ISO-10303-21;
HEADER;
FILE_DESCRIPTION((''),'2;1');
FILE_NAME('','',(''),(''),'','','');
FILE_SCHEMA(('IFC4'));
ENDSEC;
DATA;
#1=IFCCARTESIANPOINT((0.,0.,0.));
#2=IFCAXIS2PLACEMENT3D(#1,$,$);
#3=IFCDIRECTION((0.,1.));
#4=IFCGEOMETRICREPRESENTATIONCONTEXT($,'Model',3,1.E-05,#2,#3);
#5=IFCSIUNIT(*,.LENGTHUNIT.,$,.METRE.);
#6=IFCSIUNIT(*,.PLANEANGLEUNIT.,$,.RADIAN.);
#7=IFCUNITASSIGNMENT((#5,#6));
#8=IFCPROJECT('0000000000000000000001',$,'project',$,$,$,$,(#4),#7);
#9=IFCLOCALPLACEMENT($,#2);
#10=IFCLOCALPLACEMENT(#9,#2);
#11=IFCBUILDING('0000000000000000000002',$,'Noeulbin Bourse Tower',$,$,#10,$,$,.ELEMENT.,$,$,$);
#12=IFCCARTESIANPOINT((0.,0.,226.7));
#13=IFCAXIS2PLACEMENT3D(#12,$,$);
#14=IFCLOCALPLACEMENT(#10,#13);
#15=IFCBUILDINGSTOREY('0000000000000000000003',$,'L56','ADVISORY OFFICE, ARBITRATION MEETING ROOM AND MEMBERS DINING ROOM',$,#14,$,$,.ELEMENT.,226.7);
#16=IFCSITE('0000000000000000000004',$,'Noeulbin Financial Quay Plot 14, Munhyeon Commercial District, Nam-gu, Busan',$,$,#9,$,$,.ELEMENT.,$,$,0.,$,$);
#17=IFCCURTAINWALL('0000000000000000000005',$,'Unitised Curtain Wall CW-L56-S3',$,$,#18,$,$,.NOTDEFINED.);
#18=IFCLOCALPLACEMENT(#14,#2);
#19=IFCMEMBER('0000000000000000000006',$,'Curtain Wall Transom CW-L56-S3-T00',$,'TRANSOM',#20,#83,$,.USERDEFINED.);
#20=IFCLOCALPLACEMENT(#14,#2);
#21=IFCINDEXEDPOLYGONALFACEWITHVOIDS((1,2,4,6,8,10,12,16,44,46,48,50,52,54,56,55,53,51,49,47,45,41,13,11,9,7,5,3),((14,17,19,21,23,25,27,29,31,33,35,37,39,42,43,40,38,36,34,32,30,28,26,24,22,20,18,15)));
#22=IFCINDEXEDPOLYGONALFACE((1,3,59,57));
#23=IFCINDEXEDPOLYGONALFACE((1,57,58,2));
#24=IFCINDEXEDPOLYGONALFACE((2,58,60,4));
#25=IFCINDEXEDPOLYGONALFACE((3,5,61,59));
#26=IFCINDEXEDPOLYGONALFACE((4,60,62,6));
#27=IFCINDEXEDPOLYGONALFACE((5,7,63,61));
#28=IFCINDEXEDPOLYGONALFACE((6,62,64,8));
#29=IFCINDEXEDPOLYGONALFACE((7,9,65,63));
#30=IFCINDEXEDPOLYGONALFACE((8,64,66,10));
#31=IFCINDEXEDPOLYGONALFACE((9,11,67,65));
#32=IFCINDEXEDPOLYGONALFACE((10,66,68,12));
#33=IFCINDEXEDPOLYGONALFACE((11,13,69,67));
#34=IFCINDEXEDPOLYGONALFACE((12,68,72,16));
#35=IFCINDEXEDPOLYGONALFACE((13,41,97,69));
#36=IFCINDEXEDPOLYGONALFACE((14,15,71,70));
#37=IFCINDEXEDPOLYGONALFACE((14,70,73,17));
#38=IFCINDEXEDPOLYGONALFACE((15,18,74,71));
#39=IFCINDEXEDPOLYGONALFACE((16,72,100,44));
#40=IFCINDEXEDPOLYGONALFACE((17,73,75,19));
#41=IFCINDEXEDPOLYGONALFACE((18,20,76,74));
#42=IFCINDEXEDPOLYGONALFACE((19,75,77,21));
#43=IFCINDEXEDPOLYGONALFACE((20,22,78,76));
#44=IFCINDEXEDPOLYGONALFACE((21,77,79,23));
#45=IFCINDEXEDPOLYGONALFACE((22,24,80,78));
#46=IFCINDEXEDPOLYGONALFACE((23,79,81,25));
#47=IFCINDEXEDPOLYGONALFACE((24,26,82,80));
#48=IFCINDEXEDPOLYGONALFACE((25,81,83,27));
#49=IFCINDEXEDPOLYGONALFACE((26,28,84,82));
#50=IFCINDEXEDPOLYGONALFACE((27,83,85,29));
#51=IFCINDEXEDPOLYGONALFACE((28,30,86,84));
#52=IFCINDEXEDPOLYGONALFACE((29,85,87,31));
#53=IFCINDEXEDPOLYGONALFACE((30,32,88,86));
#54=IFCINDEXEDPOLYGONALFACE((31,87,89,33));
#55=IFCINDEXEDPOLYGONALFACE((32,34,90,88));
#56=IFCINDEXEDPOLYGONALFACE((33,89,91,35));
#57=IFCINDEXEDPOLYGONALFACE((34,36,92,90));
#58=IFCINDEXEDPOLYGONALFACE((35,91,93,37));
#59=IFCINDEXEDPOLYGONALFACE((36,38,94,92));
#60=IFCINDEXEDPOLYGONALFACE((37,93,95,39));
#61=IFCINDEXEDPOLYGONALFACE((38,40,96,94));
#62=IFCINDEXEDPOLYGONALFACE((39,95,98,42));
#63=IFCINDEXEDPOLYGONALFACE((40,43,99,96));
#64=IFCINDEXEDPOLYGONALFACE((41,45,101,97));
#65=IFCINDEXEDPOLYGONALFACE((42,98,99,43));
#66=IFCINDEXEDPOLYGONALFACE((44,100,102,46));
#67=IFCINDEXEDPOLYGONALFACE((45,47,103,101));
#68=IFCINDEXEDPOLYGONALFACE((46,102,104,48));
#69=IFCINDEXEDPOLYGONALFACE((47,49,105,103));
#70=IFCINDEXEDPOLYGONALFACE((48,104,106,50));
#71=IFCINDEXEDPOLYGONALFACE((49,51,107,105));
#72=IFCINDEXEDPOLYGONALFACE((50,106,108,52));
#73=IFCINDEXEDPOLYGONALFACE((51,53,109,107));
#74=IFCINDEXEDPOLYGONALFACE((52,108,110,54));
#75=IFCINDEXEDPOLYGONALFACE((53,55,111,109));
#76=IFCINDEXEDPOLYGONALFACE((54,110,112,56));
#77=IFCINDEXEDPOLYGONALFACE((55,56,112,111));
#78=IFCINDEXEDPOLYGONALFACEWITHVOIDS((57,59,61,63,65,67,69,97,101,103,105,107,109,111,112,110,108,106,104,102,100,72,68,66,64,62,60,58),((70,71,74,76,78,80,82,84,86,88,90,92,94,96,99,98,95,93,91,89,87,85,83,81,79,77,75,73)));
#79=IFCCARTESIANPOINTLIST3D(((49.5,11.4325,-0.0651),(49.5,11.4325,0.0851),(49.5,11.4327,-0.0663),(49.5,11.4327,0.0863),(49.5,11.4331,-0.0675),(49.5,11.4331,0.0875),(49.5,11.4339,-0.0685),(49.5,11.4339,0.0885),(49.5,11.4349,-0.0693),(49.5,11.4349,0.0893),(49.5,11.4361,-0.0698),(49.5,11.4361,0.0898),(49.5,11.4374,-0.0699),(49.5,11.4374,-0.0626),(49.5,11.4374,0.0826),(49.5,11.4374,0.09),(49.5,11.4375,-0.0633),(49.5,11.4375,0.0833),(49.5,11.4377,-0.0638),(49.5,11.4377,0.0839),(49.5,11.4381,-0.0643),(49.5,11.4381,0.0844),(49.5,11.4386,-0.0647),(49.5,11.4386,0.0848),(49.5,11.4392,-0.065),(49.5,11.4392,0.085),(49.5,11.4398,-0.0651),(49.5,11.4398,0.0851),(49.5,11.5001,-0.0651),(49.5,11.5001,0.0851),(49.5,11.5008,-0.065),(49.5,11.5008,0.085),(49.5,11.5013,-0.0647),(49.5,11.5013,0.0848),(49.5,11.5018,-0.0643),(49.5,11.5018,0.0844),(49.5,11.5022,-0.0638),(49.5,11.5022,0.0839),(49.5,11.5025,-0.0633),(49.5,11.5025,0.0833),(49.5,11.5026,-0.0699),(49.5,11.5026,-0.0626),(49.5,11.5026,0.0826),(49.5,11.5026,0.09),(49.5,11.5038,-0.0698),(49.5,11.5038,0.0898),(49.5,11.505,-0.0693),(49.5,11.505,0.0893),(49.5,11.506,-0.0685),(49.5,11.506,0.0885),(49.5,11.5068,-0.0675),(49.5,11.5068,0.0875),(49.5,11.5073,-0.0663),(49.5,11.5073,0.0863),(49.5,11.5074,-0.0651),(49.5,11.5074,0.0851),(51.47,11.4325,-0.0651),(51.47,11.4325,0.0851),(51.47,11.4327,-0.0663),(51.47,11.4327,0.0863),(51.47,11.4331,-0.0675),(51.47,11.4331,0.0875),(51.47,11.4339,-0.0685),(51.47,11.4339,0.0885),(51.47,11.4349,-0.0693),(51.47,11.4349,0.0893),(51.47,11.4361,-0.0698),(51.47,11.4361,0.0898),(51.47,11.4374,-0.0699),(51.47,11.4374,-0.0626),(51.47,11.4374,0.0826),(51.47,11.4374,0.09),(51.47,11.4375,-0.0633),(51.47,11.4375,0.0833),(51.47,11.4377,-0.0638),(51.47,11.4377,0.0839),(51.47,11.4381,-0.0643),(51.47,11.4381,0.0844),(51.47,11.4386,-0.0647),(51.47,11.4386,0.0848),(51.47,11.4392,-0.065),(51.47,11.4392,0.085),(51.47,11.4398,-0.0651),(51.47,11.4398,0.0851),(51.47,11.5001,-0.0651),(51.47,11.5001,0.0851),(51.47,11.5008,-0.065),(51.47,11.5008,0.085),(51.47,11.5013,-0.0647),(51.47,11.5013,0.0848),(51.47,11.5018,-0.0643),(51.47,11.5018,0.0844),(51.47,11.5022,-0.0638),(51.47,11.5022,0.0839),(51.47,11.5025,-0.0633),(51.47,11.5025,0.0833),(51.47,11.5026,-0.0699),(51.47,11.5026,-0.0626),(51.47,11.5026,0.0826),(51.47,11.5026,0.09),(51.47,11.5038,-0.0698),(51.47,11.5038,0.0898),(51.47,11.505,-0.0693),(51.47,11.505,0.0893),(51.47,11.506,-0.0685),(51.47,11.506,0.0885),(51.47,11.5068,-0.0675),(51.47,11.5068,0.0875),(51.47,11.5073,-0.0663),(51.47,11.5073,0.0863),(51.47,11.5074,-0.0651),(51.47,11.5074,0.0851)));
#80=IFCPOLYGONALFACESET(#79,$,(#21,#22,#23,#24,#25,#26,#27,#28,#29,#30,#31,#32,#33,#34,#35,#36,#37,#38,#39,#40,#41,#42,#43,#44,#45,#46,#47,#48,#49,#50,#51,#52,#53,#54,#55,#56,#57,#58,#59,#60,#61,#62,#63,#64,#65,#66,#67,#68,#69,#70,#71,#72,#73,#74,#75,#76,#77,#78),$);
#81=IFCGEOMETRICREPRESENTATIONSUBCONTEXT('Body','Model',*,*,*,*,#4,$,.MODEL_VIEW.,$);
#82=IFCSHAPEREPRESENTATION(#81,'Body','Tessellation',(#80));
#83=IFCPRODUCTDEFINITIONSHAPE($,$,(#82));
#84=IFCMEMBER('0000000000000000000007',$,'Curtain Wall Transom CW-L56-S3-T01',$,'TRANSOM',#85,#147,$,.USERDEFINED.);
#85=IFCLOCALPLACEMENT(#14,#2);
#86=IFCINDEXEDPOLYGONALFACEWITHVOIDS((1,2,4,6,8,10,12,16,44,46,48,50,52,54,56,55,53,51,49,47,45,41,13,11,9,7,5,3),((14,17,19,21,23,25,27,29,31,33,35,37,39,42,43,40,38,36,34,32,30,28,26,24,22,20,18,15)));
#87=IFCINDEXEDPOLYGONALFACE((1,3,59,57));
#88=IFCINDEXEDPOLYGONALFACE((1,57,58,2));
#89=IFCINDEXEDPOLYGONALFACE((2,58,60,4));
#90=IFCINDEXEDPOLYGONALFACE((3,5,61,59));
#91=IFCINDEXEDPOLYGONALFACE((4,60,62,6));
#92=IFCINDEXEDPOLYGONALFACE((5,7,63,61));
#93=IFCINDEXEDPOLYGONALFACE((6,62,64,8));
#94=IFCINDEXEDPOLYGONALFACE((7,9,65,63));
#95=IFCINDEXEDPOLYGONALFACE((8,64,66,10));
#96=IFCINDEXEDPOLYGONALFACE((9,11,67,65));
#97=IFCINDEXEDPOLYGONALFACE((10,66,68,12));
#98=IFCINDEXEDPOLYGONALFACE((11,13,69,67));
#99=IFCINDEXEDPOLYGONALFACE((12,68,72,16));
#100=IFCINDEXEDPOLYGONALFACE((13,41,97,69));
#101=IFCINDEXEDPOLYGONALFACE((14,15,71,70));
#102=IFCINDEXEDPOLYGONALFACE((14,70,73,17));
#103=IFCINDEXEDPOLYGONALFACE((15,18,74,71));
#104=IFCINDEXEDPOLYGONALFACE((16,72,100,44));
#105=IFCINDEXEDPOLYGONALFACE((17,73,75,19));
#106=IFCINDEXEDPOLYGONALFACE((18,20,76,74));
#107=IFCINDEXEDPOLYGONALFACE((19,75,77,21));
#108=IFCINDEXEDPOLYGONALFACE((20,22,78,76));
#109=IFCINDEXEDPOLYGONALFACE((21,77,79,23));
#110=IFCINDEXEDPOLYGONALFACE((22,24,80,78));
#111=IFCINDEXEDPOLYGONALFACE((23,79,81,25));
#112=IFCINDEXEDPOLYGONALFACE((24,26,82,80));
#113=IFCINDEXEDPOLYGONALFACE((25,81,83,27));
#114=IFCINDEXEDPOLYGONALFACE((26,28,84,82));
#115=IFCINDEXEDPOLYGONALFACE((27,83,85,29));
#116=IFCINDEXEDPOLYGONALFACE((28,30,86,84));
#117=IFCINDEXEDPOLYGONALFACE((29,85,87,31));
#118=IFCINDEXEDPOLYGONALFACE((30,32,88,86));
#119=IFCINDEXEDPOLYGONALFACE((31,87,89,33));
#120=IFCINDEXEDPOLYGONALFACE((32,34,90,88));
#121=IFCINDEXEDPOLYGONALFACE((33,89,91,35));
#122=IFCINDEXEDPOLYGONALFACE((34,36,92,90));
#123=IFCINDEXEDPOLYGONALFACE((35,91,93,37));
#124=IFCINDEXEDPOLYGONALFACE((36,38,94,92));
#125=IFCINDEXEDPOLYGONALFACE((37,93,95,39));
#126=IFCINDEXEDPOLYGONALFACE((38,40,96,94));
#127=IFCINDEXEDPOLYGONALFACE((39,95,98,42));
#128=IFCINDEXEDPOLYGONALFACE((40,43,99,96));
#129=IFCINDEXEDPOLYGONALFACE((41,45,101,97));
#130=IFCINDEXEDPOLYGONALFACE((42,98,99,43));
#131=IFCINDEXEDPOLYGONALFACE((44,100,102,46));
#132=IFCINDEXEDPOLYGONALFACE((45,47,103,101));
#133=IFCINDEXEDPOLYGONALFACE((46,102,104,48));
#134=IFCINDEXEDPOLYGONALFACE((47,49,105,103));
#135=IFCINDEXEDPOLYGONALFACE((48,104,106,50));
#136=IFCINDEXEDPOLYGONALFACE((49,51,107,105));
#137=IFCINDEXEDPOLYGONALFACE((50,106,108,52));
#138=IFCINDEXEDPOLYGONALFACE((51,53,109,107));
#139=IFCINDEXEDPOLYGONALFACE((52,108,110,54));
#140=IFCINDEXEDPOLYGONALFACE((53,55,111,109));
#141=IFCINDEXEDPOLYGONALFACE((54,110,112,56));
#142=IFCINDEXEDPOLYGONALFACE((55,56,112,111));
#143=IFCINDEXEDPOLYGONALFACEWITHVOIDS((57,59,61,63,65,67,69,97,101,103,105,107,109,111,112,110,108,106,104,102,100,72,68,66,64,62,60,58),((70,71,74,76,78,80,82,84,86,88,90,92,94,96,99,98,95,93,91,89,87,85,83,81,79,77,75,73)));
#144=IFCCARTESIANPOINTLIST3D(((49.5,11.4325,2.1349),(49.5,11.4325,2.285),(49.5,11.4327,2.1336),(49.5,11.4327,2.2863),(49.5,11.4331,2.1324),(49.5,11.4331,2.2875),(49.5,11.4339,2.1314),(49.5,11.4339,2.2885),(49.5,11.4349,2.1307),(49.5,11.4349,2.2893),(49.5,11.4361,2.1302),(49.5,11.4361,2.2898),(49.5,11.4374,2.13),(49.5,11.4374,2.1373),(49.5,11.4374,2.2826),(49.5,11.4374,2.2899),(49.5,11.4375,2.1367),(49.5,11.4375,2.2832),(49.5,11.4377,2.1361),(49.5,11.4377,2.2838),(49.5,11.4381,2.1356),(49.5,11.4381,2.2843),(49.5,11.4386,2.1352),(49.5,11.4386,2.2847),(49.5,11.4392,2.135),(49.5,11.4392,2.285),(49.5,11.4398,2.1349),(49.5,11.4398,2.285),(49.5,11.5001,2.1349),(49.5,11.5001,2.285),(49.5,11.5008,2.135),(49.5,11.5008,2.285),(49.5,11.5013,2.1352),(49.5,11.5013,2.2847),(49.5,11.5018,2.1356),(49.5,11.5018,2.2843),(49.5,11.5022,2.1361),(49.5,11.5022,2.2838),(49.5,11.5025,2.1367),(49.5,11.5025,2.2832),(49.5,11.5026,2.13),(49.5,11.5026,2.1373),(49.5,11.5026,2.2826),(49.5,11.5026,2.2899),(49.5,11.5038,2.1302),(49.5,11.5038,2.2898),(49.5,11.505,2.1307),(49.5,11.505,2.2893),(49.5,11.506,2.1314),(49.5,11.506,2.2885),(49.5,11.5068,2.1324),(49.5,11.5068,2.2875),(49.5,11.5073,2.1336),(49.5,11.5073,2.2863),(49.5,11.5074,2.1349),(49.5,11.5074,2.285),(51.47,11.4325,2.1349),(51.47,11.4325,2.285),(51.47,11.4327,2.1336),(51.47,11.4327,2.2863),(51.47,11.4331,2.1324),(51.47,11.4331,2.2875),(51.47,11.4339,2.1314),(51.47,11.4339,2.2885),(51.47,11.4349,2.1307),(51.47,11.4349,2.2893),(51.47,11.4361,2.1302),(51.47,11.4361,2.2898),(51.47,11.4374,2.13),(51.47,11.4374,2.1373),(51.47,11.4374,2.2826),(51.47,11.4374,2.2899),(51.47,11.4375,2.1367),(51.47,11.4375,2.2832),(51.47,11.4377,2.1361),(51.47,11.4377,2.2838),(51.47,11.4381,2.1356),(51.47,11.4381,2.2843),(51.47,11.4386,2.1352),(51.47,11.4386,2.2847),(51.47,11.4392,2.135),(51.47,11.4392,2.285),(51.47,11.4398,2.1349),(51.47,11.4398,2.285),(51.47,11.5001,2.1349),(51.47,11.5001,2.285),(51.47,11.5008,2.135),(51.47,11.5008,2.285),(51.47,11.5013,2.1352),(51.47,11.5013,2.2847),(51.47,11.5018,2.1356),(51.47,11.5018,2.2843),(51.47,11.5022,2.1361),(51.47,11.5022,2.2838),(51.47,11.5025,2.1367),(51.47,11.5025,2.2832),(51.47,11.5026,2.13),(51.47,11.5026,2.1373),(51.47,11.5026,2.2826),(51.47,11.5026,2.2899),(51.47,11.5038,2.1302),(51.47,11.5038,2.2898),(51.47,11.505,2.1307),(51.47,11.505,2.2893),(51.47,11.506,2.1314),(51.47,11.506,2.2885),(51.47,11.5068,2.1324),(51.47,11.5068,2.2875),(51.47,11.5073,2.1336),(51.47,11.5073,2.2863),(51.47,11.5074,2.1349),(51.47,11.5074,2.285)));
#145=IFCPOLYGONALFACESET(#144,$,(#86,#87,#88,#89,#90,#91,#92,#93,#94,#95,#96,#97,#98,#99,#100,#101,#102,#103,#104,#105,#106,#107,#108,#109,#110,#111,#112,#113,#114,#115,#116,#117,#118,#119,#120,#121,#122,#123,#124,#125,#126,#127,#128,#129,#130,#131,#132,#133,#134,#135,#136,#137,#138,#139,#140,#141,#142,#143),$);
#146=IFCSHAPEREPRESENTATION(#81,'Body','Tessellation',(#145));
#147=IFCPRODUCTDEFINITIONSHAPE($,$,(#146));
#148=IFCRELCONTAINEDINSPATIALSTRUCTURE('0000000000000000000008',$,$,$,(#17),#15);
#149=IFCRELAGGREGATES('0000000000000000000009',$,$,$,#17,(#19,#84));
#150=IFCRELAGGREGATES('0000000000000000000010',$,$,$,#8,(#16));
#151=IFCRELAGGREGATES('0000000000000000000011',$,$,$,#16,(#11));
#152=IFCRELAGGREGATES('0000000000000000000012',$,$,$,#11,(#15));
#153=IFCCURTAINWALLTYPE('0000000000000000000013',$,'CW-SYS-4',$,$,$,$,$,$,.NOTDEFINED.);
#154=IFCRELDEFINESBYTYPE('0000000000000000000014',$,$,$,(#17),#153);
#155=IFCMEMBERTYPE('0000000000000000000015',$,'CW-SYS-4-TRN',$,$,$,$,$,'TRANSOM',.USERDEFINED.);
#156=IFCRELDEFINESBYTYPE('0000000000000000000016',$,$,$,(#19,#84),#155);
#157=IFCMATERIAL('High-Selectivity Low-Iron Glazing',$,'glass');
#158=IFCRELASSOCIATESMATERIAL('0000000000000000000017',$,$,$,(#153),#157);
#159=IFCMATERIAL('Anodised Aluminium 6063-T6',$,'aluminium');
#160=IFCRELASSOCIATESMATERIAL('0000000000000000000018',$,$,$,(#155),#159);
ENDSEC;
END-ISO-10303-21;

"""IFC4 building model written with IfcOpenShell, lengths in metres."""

from ifc_helpers import new_model, si_unit, direction, frame, origin, origin_2d, place, context, subcontext, project, spatial, hollow_rectangle, extrude, material, material_profile, profile_set, type_object, element, aggregate, save


model = new_model("IFC4")

# Units and contexts
model_context = context("Model", 3, precision=1e-05, world=origin(), true_north=direction((0.0, 1.0)))
body_context = subcontext(model_context, "Body", "Model", "MODEL_VIEW")
ifc_project = project(units=[si_unit("LENGTHUNIT", "METRE"), si_unit("PLANEANGLEUNIT", "RADIAN")], contexts=[model_context])

# Site, building, storey
site_placement = place(None, origin())
site = spatial("IfcSite", under=ifc_project, at=site_placement, Name="Noeulbin Financial Quay Plot 14, Munhyeon Commercial District, Nam-gu, Busan", CompositionType="ELEMENT", RefElevation=0.0)
building_placement = place(site_placement, origin())
building = spatial("IfcBuilding", under=site, at=building_placement, Name="Noeulbin Bourse Tower", CompositionType="ELEMENT")
storey_placement = place(building_placement, frame((0.0, 0.0, 226.7)))
storey = spatial("IfcBuildingStorey", under=building, at=storey_placement, Name="L56", Description="ADVISORY OFFICE, ARBITRATION MEETING ROOM AND MEMBERS DINING ROOM", CompositionType="ELEMENT", Elevation=226.7)

# Shared definitions
ifc_material_1 = material(Name="High-Selectivity Low-Iron Glazing", Category="glass")
curtain_wall_type = type_object("IfcCurtainWallType", Name="CW-SYS-4", PredefinedType="NOTDEFINED", material=ifc_material_1)
ifc_material_2 = material(Name="Anodised Aluminium 6063-T6", Category="aluminium")

# Curtain wall
curtain_wall_1_placement = place(storey_placement, origin())
curtain_wall_1 = element("IfcCurtainWall", 1, at=curtain_wall_1_placement, inside=storey, type_object=curtain_wall_type, Name="Unitised Curtain Wall CW-L56-S3", PredefinedType="NOTDEFINED")

# Members
ifc_material_profile_1 = material_profile(ifc_material_2, hollow_rectangle(XDim=0.075, YDim=0.1599, WallThickness=0.0049, InnerFilletRadius=0.0024, OuterFilletRadius=0.0049, at=origin_2d()), Name="ALU-TRAN-75x160x5", Category="LoadBearing")
ifc_profile_set_1 = profile_set([ifc_material_profile_1], Name="Anodised Aluminium 6063-T6")
member_type_1 = type_object("IfcMemberType", Name="CW-SYS-4-TRN", ElementType="TRANSOM", PredefinedType="USERDEFINED", material=ifc_profile_set_1)
member_1_placement = place(storey_placement, frame((49.5, 11.47, 0.01), z_axis=(1.0, 0.0, 0.0), x_axis=(0.0, 1.0, 0.0)))
member_1 = element("IfcMember", 2, at=member_1_placement, type_object=member_type_1, Name="Curtain Wall Transom CW-L56-S3-T00", ObjectType="TRANSOM", PredefinedType="USERDEFINED", context=body_context, shape_type="SweptSolid", body=[
    extrude(hollow_rectangle(XDim=0.075, YDim=0.1599, WallThickness=0.0049, InnerFilletRadius=0.0024, OuterFilletRadius=0.0049, at=origin_2d()), origin(), (0.0, 0.0, 1.0), 1.97),
])
member_2_placement = place(storey_placement, frame((49.5, 11.47, 2.21), z_axis=(1.0, 0.0, 0.0), x_axis=(0.0, 1.0, 0.0)))
member_2 = element("IfcMember", 3, at=member_2_placement, type_object=member_type_1, Name="Curtain Wall Transom CW-L56-S3-T01", ObjectType="TRANSOM", PredefinedType="USERDEFINED", context=body_context, shape_type="SweptSolid", body=[
    extrude(hollow_rectangle(XDim=0.075, YDim=0.1599, WallThickness=0.0049, InnerFilletRadius=0.0024, OuterFilletRadius=0.0049, at=origin_2d()), origin(), (0.0, 0.0, 1.0), 1.97),
])

aggregate(curtain_wall_1, [member_1, member_2])

save(model, "model.ifc")
